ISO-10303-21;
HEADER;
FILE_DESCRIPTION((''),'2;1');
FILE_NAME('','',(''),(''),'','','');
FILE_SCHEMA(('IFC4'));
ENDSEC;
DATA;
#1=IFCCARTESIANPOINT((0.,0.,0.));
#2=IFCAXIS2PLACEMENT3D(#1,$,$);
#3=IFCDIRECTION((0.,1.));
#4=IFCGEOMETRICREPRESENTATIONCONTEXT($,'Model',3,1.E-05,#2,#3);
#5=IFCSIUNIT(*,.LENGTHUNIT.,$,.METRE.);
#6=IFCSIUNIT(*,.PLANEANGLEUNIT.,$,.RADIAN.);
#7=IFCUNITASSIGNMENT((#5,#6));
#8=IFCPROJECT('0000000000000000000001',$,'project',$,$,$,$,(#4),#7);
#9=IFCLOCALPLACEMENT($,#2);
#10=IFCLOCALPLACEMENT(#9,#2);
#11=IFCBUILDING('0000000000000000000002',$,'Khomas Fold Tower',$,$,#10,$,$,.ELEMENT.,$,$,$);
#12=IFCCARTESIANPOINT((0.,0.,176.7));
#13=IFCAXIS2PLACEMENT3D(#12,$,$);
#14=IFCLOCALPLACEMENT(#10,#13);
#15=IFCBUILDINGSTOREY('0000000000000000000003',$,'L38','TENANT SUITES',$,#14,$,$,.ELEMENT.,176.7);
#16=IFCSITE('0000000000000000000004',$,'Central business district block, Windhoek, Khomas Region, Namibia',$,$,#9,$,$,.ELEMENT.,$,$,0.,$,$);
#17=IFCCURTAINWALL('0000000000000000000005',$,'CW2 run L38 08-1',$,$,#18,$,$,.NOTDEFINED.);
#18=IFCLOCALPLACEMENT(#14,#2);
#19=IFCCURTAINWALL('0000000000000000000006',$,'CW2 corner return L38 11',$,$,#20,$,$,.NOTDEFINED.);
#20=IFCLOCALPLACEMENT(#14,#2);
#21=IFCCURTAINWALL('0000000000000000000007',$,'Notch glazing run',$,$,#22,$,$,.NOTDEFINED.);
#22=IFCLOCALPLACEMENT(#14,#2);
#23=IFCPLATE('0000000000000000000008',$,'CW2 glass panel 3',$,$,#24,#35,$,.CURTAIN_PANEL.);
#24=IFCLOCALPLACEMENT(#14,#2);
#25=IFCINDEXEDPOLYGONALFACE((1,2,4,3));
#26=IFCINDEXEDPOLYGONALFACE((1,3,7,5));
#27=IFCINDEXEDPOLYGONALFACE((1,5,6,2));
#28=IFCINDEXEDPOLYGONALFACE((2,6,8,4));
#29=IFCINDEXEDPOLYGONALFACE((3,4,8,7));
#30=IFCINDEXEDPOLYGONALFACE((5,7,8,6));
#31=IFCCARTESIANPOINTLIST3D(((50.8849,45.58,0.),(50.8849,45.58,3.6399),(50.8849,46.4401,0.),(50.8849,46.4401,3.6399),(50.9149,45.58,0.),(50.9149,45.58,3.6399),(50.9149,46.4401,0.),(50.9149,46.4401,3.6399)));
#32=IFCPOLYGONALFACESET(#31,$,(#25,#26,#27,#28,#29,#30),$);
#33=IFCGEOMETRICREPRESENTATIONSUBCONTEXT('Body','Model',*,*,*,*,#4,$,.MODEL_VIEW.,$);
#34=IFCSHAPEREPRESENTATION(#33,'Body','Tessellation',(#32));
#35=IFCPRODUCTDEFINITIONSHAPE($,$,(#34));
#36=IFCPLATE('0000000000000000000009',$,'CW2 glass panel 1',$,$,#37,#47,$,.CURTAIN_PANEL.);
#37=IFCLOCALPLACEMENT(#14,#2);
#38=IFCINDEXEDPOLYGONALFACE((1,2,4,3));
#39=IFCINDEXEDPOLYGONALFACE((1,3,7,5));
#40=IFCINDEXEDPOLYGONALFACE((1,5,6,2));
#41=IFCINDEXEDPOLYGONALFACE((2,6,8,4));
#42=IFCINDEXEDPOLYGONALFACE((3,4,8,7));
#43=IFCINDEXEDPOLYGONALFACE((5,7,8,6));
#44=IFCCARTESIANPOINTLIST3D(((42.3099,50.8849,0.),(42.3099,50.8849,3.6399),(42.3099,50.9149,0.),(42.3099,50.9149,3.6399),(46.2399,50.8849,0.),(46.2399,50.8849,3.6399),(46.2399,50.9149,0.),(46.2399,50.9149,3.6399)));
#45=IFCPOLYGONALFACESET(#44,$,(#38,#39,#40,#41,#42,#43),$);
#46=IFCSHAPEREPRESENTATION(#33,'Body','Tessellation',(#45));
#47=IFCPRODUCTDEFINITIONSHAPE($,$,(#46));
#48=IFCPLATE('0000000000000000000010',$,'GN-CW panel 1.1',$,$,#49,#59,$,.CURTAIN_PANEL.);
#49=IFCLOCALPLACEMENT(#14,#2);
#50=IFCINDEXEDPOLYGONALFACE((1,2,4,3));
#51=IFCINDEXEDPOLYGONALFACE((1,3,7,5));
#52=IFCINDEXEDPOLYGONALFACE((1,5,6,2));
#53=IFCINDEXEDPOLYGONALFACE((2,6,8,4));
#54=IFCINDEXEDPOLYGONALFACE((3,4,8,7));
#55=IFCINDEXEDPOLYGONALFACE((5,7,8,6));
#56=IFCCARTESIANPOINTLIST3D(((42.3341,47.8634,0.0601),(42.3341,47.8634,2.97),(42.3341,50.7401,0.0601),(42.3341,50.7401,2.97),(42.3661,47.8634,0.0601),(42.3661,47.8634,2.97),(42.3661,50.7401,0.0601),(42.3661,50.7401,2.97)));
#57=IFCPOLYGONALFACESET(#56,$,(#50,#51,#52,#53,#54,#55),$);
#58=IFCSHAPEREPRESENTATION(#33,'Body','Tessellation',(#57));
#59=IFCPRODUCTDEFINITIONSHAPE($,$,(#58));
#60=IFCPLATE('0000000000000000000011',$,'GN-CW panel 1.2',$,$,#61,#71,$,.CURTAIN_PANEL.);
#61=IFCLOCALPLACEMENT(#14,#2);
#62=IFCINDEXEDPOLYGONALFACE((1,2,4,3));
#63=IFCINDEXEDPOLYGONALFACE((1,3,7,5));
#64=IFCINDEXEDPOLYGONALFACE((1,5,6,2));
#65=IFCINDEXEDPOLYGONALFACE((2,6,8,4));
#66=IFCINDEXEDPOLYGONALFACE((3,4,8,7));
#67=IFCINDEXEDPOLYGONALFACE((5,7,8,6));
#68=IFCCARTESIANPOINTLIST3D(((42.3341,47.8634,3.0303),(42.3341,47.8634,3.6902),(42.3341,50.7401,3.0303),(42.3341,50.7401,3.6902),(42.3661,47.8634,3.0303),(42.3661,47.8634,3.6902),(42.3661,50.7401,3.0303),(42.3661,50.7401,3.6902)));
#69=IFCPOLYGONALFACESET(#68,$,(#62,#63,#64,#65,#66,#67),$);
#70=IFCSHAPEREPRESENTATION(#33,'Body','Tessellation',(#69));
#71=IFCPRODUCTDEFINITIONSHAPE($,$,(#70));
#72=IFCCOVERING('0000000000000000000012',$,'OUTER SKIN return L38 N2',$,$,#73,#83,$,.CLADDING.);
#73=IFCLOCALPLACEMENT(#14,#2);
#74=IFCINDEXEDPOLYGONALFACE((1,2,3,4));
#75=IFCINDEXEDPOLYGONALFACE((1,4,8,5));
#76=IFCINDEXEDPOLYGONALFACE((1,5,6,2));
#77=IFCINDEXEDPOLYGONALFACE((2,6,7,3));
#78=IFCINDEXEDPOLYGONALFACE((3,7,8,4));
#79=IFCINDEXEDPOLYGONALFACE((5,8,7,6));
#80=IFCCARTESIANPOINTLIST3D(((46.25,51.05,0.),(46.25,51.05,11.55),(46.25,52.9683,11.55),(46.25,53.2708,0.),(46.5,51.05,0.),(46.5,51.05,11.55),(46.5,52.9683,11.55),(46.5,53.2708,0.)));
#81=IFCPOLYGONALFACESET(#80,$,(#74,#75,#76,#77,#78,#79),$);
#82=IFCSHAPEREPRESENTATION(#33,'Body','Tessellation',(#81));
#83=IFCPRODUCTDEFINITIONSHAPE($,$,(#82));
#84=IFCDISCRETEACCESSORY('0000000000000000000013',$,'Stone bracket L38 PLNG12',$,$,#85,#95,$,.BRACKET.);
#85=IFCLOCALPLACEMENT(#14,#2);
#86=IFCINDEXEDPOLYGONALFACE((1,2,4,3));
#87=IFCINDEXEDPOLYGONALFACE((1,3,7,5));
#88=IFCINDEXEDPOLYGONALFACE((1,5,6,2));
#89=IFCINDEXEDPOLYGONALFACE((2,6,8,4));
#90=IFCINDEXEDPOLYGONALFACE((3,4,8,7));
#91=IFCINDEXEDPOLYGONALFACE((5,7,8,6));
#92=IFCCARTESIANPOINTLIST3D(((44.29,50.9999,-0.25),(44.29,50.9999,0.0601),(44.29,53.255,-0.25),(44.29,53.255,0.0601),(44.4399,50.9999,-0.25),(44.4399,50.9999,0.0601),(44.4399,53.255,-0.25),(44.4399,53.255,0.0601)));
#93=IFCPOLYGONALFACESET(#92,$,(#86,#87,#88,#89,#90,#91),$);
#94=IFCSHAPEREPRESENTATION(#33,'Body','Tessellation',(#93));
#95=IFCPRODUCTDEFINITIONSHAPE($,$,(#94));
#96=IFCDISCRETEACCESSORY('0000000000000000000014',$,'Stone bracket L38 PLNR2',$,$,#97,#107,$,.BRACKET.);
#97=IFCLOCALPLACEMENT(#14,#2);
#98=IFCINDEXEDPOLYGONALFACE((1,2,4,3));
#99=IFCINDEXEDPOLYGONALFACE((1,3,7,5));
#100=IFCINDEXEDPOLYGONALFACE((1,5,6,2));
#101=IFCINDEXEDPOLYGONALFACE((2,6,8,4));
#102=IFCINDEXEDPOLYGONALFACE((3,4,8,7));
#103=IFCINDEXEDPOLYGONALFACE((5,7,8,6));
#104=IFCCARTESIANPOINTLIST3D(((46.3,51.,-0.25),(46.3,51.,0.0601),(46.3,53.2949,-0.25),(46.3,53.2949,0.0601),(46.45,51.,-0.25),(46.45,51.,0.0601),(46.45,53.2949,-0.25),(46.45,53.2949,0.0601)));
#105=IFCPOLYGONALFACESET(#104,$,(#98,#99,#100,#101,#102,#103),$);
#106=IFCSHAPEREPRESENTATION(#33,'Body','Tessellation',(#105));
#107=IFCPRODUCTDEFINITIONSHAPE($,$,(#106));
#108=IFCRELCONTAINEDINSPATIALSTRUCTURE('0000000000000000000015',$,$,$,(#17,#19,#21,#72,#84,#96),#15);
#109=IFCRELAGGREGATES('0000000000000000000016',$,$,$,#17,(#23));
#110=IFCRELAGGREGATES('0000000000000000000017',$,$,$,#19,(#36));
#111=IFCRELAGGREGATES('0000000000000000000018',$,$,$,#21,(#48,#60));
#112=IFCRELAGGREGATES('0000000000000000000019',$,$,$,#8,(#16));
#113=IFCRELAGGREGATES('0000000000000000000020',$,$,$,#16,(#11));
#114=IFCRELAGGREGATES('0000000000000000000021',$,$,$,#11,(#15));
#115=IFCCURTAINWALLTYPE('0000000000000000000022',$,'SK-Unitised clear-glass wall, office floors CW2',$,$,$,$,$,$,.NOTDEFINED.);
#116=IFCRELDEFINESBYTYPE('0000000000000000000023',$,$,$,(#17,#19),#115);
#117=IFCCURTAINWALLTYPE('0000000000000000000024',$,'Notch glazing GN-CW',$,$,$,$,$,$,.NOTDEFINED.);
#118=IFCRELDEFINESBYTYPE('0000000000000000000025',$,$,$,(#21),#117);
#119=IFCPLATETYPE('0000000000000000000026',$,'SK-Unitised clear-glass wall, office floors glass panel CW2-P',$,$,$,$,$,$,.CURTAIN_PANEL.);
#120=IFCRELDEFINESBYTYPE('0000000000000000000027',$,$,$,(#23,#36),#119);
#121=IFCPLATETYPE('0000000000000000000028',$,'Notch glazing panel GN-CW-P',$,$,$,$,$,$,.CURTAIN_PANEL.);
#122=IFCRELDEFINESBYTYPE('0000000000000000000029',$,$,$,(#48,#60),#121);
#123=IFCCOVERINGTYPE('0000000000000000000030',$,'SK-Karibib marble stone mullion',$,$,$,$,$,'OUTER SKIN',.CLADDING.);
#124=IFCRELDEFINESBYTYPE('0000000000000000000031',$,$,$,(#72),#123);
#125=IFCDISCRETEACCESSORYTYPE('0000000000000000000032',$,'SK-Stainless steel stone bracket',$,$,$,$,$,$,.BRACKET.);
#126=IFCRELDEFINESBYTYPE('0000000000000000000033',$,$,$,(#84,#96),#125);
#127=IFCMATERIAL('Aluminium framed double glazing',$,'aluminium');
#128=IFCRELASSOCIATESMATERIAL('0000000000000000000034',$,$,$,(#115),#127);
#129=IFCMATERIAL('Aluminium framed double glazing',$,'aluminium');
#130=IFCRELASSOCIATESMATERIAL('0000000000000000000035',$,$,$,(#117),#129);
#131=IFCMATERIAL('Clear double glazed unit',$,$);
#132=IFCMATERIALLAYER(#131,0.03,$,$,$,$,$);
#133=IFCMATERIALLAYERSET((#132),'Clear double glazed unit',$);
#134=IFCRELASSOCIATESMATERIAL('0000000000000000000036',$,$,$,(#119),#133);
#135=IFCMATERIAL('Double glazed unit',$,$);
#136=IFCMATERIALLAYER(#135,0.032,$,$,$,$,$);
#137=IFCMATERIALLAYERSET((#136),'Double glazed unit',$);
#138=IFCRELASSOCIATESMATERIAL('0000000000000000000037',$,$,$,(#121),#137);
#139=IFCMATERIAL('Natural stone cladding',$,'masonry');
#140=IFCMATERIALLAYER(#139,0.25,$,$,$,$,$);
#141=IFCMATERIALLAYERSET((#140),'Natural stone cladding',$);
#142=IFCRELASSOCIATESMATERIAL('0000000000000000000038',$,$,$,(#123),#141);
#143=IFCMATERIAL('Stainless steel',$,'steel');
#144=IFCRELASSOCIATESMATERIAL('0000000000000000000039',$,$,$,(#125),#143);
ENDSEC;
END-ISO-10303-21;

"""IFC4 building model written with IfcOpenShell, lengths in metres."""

from ifc_helpers import new_model, si_unit, direction, frame, origin, origin_2d, place, context, subcontext, project, spatial, polyline, rectangle, outline, extrude, source, transform, mapped, material, layer, layer_set, type_object, element, aggregate, save


model = new_model("IFC4")

# Units and contexts
model_context = context("Model", 3, precision=1e-05, world=origin(), true_north=direction((0.0, 1.0)))
body_context = subcontext(model_context, "Body", "Model", "MODEL_VIEW")
ifc_project = project(units=[si_unit("LENGTHUNIT", "METRE"), si_unit("PLANEANGLEUNIT", "RADIAN")], contexts=[model_context])

# Site, building, storey
site_placement = place(None, origin())
site = spatial("IfcSite", under=ifc_project, at=site_placement, Name="Central business district block, Windhoek, Khomas Region, Namibia", CompositionType="ELEMENT", RefElevation=0.0)
building_placement = place(site_placement, origin())
building = spatial("IfcBuilding", under=site, at=building_placement, Name="Khomas Fold Tower", CompositionType="ELEMENT")
storey_placement = place(building_placement, frame((0.0, 0.0, 176.7)))
storey = spatial("IfcBuildingStorey", under=building, at=storey_placement, Name="L38", Description="TENANT SUITES", CompositionType="ELEMENT", Elevation=176.7)

# Curtain wall
ifc_material_1 = material(Name="Aluminium framed double glazing", Category="aluminium")
curtain_wall_type_1 = type_object("IfcCurtainWallType", Name="SK-Unitised clear-glass wall, office floors CW2", PredefinedType="NOTDEFINED", material=ifc_material_1)
curtain_wall_1_placement = place(storey_placement, origin())
curtain_wall_1 = element("IfcCurtainWall", 1, at=curtain_wall_1_placement, inside=storey, type_object=curtain_wall_type_1, Name="CW2 run L38 08-1", PredefinedType="NOTDEFINED")

# Curtain wall
curtain_wall_2_placement = place(storey_placement, origin())
curtain_wall_2 = element("IfcCurtainWall", 2, at=curtain_wall_2_placement, inside=storey, type_object=curtain_wall_type_1, Name="CW2 corner return L38 11", PredefinedType="NOTDEFINED")

# Curtain wall
ifc_material_2 = material(Name="Aluminium framed double glazing", Category="aluminium")
curtain_wall_type_2 = type_object("IfcCurtainWallType", Name="Notch glazing GN-CW", PredefinedType="NOTDEFINED", material=ifc_material_2)
curtain_wall_3_placement = place(storey_placement, origin())
curtain_wall_3 = element("IfcCurtainWall", 3, at=curtain_wall_3_placement, inside=storey, type_object=curtain_wall_type_2, Name="Notch glazing run", PredefinedType="NOTDEFINED")

# Plates
ifc_material_3 = material(Name="Clear double glazed unit")
ifc_layer_1 = layer(ifc_material_3, 0.03)
ifc_layer_set_1 = layer_set([ifc_layer_1], Name="Clear double glazed unit")
plate_type_1 = type_object("IfcPlateType", Name="SK-Unitised clear-glass wall, office floors glass panel CW2-P", PredefinedType="CURTAIN_PANEL", material=ifc_layer_set_1)
shared_shape_1 = source(origin(), body_context, "Body", "SweptSolid", [
    extrude(rectangle(XDim=0.8601, YDim=0.03, at=origin_2d()), origin(), (0.0, 0.0, 1.0), 3.6399),
])
plate_1_placement = place(storey_placement, frame((50.8999, 46.01, 0.0), z_axis=(0.0, 0.0, 1.0), x_axis=(0.0, 1.0, 0.0)))
plate_1 = element("IfcPlate", 4, at=plate_1_placement, type_object=plate_type_1, Name="CW2 glass panel 3", PredefinedType="CURTAIN_PANEL", context=body_context, shape_type="MappedRepresentation", body=[
    mapped(shared_shape_1, transform((0.0, 0.0, 0.0))),
])
aggregate(curtain_wall_1, [plate_1])
shared_shape_2 = source(origin(), body_context, "Body", "SweptSolid", [
    extrude(rectangle(XDim=3.9299, YDim=0.03, at=origin_2d()), origin(), (0.0, 0.0, 1.0), 3.6399),
])
plate_2_placement = place(storey_placement, frame((44.2749, 50.8999, 0.0), z_axis=(0.0, 0.0, 1.0), x_axis=(-1.0, 0.0, 0.0)))
plate_2 = element("IfcPlate", 5, at=plate_2_placement, type_object=plate_type_1, Name="CW2 glass panel 1", PredefinedType="CURTAIN_PANEL", context=body_context, shape_type="MappedRepresentation", body=[
    mapped(shared_shape_2, transform((0.0, 0.0, 0.0))),
])
aggregate(curtain_wall_2, [plate_2])
ifc_material_4 = material(Name="Double glazed unit")
ifc_layer_2 = layer(ifc_material_4, 0.032)
ifc_layer_set_2 = layer_set([ifc_layer_2], Name="Double glazed unit")
plate_type_2 = type_object("IfcPlateType", Name="Notch glazing panel GN-CW-P", PredefinedType="CURTAIN_PANEL", material=ifc_layer_set_2)
shared_shape_3 = source(origin(), body_context, "Body", "SweptSolid", [
    extrude(rectangle(XDim=2.8767, YDim=0.032, at=origin_2d()), origin(), (0.0, 0.0, 1.0), 2.9099),
])
plate_3_placement = place(storey_placement, frame((42.3501, 49.3018, 0.0601), z_axis=(0.0, 0.0, 1.0), x_axis=(0.0, -1.0, 0.0)))
plate_3 = element("IfcPlate", 6, at=plate_3_placement, type_object=plate_type_2, Name="GN-CW panel 1.1", PredefinedType="CURTAIN_PANEL", context=body_context, shape_type="MappedRepresentation", body=[
    mapped(shared_shape_3, transform((0.0, 0.0, 0.0))),
])
shared_shape_4 = source(origin(), body_context, "Body", "SweptSolid", [
    extrude(rectangle(XDim=2.8767, YDim=0.032, at=origin_2d()), origin(), (0.0, 0.0, 1.0), 0.6599),
])
plate_4_placement = place(storey_placement, frame((42.3501, 49.3018, 3.0303), z_axis=(0.0, 0.0, 1.0), x_axis=(0.0, -1.0, 0.0)))
plate_4 = element("IfcPlate", 7, at=plate_4_placement, type_object=plate_type_2, Name="GN-CW panel 1.2", PredefinedType="CURTAIN_PANEL", context=body_context, shape_type="MappedRepresentation", body=[
    mapped(shared_shape_4, transform((0.0, 0.0, 0.0))),
])
aggregate(curtain_wall_3, [plate_3, plate_4])

# Covering
ifc_material_5 = material(Name="Natural stone cladding", Category="masonry")
ifc_layer_3 = layer(ifc_material_5, 0.25)
ifc_layer_set_3 = layer_set([ifc_layer_3], Name="Natural stone cladding")
covering_type = type_object("IfcCoveringType", Name="SK-Karibib marble stone mullion", ElementType="OUTER SKIN", PredefinedType="CLADDING", material=ifc_layer_set_3)
covering_placement = place(storey_placement, frame((46.5, 51.05, 0.0), z_axis=(1.0, 0.0, 0.0), x_axis=(0.0, 1.0, 0.0)))
element("IfcCovering", 8, at=covering_placement, inside=storey, type_object=covering_type, Name="OUTER SKIN return L38 N2", PredefinedType="CLADDING", context=body_context, shape_type="SweptSolid", body=[
    extrude(outline(polyline([(0.0, 0.0), (2.2207, 0.0), (1.9182, 11.55), (0.0, 11.55), (0.0, 0.0)])), origin(), (0.0, 0.0, -1.0), 0.25),
])

# Discrete accessories
ifc_material_6 = material(Name="Stainless steel", Category="steel")
discrete_accessory_type = type_object("IfcDiscreteAccessoryType", Name="SK-Stainless steel stone bracket", PredefinedType="BRACKET", material=ifc_material_6)
shared_shape_5 = source(origin(), body_context, "Body", "SweptSolid", [
    extrude(rectangle(XDim=2.2551, YDim=0.1499, at=origin_2d()), origin(), (0.0, 0.0, 1.0), 0.3101),
])
discrete_accessory_1_placement = place(storey_placement, frame((44.365, 52.1274, -0.25), z_axis=(0.0, 0.0, 1.0), x_axis=(0.0, 1.0, 0.0)))
element("IfcDiscreteAccessory", 9, at=discrete_accessory_1_placement, inside=storey, type_object=discrete_accessory_type, Name="Stone bracket L38 PLNG12", PredefinedType="BRACKET", context=body_context, shape_type="MappedRepresentation", body=[
    mapped(shared_shape_5, transform((0.0, 0.0, 0.0))),
])
shared_shape_6 = source(origin(), body_context, "Body", "SweptSolid", [
    extrude(rectangle(XDim=2.2949, YDim=0.1499, at=origin_2d()), origin(), (0.0, 0.0, 1.0), 0.3101),
])
discrete_accessory_2_placement = place(storey_placement, frame((46.375, 52.1475, -0.25), z_axis=(0.0, 0.0, 1.0), x_axis=(0.0, 1.0, 0.0)))
element("IfcDiscreteAccessory", 10, at=discrete_accessory_2_placement, inside=storey, type_object=discrete_accessory_type, Name="Stone bracket L38 PLNR2", PredefinedType="BRACKET", context=body_context, shape_type="MappedRepresentation", body=[
    mapped(shared_shape_6, transform((0.0, 0.0, 0.0))),
])

save(model, "model.ifc")
